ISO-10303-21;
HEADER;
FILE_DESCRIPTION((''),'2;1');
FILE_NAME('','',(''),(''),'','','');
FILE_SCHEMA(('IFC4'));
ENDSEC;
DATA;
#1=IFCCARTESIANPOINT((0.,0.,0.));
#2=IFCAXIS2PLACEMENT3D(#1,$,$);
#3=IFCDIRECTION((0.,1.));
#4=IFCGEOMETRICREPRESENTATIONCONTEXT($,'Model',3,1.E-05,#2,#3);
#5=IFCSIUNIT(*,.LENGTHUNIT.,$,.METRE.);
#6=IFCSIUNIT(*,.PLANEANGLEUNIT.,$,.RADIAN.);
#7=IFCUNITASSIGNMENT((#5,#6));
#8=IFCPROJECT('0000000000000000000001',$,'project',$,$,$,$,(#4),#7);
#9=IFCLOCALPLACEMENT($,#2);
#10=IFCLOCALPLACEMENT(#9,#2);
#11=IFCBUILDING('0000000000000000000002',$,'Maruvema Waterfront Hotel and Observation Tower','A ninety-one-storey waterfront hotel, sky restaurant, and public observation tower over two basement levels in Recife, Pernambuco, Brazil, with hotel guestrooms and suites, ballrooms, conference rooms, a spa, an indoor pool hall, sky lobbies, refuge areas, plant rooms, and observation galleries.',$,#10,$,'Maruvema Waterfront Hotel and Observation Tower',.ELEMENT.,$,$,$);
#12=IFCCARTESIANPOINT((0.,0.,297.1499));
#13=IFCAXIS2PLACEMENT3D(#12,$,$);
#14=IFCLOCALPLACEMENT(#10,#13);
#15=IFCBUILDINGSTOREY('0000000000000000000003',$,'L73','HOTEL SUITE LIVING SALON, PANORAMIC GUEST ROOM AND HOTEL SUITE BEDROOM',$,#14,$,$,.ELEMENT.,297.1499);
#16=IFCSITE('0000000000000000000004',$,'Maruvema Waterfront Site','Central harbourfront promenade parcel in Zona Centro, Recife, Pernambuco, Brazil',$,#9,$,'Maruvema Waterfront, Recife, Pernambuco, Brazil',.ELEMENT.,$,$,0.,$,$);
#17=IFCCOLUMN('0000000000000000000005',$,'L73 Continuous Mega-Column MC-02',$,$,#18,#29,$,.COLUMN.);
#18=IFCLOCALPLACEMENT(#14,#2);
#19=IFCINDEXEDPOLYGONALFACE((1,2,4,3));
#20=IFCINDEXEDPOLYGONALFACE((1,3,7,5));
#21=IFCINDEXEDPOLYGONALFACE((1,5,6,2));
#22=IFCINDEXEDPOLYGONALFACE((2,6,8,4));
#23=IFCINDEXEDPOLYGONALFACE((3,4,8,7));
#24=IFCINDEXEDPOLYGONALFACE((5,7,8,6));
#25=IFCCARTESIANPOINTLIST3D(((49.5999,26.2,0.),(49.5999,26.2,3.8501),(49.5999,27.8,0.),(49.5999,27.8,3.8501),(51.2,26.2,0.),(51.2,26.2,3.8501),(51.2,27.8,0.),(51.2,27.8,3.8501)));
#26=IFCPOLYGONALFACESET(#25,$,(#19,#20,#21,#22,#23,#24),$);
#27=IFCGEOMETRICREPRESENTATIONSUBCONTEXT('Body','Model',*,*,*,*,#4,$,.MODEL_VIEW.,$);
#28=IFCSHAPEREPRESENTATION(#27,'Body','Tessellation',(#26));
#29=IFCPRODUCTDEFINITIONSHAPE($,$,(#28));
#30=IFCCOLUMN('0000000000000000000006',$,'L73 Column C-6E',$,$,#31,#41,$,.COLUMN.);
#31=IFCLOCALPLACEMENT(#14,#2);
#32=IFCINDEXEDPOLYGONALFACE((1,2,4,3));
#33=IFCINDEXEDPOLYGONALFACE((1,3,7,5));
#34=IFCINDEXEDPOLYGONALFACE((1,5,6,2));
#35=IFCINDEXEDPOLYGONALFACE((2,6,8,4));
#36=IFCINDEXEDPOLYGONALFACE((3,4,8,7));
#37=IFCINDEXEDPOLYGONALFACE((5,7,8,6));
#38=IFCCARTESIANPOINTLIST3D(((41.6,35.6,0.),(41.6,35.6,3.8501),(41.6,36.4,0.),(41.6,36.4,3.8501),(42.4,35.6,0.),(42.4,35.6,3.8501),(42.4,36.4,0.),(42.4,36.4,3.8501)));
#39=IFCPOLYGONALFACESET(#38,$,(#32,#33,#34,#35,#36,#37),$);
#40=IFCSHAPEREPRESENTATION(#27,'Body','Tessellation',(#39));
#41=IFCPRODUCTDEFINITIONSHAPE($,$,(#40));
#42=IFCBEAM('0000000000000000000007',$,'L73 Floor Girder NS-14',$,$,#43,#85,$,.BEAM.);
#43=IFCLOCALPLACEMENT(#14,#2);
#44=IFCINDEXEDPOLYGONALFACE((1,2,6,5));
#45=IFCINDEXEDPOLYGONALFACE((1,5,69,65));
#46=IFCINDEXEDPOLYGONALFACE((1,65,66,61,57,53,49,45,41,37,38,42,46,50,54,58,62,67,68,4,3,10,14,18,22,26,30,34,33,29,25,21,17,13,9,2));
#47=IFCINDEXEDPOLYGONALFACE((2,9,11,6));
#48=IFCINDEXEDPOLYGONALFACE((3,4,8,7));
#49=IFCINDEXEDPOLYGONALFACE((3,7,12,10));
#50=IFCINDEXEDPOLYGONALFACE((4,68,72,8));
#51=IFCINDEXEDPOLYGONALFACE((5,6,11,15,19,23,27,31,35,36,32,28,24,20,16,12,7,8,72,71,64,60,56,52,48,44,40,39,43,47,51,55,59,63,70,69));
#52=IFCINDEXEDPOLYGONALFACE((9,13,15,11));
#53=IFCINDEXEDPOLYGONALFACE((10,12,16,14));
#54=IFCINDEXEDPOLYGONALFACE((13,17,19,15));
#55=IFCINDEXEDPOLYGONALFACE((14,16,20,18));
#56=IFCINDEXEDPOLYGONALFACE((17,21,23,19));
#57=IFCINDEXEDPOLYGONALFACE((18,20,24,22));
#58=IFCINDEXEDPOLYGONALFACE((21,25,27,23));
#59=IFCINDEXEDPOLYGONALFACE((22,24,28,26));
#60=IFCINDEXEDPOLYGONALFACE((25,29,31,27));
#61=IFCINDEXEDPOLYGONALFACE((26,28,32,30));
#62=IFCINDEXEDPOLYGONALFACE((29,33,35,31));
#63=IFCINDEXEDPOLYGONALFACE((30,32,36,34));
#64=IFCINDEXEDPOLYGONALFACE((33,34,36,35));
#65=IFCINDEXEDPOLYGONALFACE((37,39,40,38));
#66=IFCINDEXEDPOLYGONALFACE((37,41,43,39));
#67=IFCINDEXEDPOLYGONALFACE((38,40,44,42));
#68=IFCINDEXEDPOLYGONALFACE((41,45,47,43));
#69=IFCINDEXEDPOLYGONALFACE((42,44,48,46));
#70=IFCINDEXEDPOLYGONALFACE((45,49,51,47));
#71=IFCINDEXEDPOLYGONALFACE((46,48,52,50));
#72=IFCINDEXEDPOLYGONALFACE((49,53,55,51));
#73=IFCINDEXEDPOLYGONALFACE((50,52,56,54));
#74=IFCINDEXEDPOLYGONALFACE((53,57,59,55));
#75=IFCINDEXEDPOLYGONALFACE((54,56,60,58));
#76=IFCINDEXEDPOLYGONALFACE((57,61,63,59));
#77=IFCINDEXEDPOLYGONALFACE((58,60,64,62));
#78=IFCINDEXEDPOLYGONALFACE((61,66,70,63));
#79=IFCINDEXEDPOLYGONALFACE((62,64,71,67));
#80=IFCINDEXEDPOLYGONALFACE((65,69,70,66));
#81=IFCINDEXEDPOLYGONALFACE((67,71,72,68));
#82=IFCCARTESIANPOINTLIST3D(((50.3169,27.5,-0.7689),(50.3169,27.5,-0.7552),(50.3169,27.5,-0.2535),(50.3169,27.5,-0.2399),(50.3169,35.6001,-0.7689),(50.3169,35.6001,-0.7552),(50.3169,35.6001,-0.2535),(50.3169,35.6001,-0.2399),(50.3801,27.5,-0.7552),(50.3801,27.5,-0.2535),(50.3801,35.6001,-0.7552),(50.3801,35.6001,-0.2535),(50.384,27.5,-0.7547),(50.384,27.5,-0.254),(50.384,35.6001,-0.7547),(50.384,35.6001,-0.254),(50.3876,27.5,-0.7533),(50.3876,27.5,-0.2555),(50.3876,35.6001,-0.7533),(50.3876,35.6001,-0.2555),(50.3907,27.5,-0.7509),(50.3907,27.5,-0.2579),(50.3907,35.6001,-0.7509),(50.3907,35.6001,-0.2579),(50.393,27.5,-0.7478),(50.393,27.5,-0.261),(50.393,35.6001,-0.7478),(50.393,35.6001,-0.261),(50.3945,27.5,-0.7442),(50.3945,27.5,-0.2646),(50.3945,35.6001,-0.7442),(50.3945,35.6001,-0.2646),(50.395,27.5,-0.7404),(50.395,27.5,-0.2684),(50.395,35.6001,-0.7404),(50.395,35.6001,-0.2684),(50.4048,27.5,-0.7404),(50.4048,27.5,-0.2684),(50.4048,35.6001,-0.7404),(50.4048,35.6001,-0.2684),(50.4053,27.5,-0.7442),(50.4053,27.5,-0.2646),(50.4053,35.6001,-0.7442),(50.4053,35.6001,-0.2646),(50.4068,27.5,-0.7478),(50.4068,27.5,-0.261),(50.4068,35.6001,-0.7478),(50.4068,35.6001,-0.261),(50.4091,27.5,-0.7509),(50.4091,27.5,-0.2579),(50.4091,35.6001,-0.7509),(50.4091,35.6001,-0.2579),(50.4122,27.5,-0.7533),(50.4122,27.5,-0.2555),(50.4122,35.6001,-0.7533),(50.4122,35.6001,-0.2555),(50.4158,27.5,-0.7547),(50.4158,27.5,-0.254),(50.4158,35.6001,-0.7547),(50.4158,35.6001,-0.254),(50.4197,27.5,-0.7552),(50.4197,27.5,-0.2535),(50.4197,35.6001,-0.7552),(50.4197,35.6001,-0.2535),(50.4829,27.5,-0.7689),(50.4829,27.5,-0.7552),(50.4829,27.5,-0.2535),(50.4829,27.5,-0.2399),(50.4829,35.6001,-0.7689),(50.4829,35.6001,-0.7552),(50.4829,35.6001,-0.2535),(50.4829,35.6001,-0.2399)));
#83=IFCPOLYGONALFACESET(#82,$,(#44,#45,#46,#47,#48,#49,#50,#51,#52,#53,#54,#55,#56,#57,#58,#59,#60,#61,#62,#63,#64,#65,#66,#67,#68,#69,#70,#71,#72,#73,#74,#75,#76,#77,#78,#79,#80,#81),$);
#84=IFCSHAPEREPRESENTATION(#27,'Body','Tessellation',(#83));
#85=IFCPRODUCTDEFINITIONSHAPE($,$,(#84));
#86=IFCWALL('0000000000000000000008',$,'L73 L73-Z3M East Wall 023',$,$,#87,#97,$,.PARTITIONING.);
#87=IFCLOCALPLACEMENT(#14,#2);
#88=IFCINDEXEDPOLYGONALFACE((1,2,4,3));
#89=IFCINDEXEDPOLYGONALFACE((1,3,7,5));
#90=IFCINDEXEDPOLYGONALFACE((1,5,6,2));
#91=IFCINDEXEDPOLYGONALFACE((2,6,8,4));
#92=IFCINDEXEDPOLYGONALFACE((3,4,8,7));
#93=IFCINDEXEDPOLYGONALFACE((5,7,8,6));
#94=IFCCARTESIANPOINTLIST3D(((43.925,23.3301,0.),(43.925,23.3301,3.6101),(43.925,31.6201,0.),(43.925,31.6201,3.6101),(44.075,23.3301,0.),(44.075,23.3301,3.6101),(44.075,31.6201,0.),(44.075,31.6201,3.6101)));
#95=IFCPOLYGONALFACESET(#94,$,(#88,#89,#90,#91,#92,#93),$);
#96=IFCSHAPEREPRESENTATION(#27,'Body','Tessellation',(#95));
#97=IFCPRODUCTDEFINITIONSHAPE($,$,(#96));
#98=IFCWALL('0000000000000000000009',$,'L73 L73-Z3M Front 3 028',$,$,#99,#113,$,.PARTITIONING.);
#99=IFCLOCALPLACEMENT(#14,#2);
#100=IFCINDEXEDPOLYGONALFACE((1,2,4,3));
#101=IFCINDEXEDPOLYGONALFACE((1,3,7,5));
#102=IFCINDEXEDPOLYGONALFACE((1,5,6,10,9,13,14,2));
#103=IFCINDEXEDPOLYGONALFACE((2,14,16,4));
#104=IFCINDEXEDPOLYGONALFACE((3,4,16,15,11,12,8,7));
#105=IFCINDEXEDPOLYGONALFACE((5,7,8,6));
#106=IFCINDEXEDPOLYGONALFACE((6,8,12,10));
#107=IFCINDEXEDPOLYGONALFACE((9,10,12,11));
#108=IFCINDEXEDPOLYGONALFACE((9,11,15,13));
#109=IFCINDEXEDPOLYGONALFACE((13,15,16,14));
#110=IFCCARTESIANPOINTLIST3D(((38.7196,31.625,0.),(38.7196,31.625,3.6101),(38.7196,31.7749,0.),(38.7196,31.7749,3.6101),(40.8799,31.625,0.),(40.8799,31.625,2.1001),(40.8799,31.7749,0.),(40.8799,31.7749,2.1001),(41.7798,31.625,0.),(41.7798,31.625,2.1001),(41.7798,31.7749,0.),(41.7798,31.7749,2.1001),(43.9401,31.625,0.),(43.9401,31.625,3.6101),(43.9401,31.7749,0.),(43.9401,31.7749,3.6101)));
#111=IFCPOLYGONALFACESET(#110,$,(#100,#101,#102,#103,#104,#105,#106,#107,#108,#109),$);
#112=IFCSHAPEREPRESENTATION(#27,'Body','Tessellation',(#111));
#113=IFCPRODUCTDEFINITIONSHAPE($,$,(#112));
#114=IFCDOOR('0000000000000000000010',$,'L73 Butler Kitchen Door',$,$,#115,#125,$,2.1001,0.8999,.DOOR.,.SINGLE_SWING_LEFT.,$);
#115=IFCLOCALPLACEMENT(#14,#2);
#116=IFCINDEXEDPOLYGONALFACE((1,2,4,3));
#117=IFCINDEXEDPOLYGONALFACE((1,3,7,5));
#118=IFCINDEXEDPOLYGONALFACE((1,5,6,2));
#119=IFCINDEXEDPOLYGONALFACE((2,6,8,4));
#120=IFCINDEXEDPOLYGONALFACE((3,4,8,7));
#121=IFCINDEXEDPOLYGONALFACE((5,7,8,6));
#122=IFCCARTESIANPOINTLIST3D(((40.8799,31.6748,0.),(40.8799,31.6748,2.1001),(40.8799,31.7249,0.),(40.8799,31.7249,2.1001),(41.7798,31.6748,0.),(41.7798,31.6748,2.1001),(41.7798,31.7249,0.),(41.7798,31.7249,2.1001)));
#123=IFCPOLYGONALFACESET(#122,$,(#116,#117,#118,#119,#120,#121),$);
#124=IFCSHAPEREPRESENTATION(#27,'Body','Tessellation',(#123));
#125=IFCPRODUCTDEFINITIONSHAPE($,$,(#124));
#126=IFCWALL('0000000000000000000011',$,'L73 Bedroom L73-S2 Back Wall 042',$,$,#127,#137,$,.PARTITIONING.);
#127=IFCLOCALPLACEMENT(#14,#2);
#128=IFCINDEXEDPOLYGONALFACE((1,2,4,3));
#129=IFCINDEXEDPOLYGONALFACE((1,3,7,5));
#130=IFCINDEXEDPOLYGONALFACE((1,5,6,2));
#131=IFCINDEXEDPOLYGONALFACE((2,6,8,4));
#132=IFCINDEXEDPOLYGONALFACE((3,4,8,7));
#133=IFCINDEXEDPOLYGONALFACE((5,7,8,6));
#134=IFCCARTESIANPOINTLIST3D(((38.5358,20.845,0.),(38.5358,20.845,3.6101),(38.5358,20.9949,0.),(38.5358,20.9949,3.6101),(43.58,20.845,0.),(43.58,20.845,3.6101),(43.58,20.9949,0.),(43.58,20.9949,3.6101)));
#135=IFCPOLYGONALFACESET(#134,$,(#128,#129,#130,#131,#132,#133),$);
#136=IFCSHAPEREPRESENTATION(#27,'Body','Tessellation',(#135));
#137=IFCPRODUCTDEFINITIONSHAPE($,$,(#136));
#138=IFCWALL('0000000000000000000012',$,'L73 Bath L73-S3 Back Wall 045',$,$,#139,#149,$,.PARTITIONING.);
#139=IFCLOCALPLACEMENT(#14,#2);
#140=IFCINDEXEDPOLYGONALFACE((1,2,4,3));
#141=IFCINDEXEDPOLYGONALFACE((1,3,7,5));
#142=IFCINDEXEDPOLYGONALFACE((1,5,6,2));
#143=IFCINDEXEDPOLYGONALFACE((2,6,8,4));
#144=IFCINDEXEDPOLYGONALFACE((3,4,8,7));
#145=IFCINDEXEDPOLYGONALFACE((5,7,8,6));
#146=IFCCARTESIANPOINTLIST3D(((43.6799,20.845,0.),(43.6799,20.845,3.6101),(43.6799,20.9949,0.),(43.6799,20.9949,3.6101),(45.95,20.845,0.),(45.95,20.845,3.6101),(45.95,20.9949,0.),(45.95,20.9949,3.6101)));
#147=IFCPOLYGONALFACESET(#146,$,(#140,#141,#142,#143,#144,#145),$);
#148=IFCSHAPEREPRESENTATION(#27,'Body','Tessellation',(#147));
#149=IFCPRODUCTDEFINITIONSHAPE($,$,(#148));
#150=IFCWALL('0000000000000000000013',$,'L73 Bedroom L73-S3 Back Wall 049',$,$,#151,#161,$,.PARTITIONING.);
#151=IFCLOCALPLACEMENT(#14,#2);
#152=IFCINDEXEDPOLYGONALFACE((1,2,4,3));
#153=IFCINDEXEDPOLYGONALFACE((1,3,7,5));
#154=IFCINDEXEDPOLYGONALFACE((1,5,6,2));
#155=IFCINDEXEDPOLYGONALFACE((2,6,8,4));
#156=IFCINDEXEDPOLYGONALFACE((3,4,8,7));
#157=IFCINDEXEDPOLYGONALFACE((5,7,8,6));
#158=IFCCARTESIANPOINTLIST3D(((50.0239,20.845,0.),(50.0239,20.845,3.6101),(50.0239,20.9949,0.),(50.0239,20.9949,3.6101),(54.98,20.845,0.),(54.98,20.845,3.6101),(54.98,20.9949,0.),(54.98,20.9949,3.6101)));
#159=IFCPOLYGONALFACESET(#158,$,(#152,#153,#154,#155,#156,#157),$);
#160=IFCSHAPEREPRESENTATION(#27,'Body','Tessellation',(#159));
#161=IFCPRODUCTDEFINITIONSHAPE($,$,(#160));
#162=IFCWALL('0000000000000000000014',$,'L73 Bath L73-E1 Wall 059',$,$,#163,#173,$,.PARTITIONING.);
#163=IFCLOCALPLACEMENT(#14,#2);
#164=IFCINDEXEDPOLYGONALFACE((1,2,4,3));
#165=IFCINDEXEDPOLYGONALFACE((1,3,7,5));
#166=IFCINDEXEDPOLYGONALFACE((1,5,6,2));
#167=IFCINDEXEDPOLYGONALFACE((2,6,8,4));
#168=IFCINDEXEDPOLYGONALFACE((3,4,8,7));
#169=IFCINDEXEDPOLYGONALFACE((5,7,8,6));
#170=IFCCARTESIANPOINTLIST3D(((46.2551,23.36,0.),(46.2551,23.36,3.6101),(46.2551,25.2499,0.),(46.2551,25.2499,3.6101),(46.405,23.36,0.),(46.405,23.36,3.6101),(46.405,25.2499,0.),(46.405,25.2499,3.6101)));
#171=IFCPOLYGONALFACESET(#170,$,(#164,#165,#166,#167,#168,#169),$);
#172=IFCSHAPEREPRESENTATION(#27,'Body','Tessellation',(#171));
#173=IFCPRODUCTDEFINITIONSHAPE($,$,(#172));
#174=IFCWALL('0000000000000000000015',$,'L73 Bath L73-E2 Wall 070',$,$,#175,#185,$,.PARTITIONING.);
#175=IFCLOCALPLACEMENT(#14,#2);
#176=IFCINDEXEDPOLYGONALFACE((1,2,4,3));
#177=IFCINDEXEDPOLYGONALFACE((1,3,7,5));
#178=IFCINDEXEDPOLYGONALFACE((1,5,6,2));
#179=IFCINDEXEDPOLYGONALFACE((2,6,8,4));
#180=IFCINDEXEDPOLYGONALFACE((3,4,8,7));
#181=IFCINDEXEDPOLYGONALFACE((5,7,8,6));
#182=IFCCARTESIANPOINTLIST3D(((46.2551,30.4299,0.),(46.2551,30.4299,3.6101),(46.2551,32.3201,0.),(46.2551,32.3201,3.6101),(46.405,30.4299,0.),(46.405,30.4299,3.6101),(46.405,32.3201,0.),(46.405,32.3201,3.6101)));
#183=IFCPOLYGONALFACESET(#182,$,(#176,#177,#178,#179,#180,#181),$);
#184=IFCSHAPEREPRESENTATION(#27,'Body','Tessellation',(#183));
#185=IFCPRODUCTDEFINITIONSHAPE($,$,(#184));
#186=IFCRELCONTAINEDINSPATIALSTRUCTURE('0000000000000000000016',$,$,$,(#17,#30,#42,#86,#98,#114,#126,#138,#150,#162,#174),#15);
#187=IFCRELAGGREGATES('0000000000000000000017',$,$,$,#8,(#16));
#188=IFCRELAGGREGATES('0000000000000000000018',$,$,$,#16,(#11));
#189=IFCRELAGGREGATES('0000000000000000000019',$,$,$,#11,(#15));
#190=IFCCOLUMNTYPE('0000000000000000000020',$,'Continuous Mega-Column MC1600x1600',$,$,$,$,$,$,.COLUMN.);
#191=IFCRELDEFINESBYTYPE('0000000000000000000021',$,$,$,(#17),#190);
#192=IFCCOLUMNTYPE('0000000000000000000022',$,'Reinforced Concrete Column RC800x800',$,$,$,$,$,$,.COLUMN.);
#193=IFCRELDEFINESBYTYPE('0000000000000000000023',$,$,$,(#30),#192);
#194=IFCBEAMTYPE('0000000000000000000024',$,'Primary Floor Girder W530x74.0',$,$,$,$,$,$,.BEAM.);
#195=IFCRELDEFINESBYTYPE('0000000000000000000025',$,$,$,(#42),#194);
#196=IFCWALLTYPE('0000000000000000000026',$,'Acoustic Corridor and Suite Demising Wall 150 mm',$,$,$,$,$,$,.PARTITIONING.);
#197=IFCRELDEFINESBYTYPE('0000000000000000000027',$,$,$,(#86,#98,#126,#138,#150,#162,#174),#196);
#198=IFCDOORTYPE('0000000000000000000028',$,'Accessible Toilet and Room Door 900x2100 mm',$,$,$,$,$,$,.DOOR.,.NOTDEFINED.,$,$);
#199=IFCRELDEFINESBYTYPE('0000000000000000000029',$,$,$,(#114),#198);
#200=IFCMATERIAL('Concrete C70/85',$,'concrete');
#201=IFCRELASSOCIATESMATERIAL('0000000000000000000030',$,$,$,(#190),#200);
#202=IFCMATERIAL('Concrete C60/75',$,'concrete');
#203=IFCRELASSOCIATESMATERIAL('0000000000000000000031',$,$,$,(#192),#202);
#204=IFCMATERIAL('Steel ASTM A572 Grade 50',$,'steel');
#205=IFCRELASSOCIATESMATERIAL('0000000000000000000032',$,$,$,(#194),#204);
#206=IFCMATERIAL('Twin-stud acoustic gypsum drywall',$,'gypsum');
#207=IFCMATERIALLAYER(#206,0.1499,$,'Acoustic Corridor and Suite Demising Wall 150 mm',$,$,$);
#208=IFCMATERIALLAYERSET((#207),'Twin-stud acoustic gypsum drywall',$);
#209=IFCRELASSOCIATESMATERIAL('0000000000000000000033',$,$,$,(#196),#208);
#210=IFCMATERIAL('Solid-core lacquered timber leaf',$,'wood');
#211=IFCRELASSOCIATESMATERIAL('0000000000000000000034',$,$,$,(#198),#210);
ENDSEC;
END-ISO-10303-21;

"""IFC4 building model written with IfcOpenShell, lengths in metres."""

from ifc_helpers import new_model, si_unit, direction, frame, frame_2d, origin, origin_2d, place, context, subcontext, project, spatial, rectangle, i_section, extrude, material, layer, layer_set, material_profile, profile_set, type_object, element, fill, save


model = new_model("IFC4")

# Units and contexts
model_context = context("Model", 3, precision=1e-05, world=origin(), true_north=direction((0.0, 1.0)))
body_context = subcontext(model_context, "Body", "Model", "MODEL_VIEW")
ifc_project = project(units=[si_unit("LENGTHUNIT", "METRE"), si_unit("PLANEANGLEUNIT", "RADIAN")], contexts=[model_context])

# Site, building, storey
site_placement = place(None, origin())
site = spatial("IfcSite", under=ifc_project, at=site_placement, Name="Maruvema Waterfront Site", Description="Central harbourfront promenade parcel in Zona Centro, Recife, Pernambuco, Brazil", LongName="Maruvema Waterfront, Recife, Pernambuco, Brazil", CompositionType="ELEMENT", RefElevation=0.0)
building_placement = place(site_placement, origin())
building = spatial("IfcBuilding", under=site, at=building_placement, Name="Maruvema Waterfront Hotel and Observation Tower", Description="A ninety-one-storey waterfront hotel, sky restaurant, and public observation tower over two basement levels in Recife, Pernambuco, Brazil, with hotel guestrooms and suites, ballrooms, conference rooms, a spa, an indoor pool hall, sky lobbies, refuge areas, plant rooms, and observation galleries.", LongName="Maruvema Waterfront Hotel and Observation Tower", CompositionType="ELEMENT")
storey_placement = place(building_placement, frame((0.0, 0.0, 297.1499)))
storey = spatial("IfcBuildingStorey", under=building, at=storey_placement, Name="L73", Description="HOTEL SUITE LIVING SALON, PANORAMIC GUEST ROOM AND HOTEL SUITE BEDROOM", CompositionType="ELEMENT", Elevation=297.1499)

# Columns
ifc_material_1 = material(Name="Concrete C70/85", Category="concrete")
ifc_material_profile_1 = material_profile(ifc_material_1, rectangle(XDim=1.6001, YDim=1.6001, at=origin_2d()), Name="MC1600x1600")
ifc_profile_set_1 = profile_set([ifc_material_profile_1], Name="Concrete C70/85")
column_type_1 = type_object("IfcColumnType", Name="Continuous Mega-Column MC1600x1600", PredefinedType="COLUMN", material=ifc_profile_set_1)
column_1_placement = place(storey_placement, frame((50.3999, 27.0, 0.0), z_axis=(0.0, 0.0, 1.0), x_axis=(1.0, 0.0, 0.0)))
element("IfcColumn", 1, at=column_1_placement, inside=storey, type_object=column_type_1, Name="L73 Continuous Mega-Column MC-02", PredefinedType="COLUMN", context=body_context, shape_type="SweptSolid", body=[
    extrude(rectangle(XDim=1.6001, YDim=1.6001, at=origin_2d()), origin(), (0.0, 0.0, 1.0), 3.8501),
])
ifc_material_2 = material(Name="Concrete C60/75", Category="concrete")
ifc_material_profile_2 = material_profile(ifc_material_2, rectangle(XDim=0.8, YDim=0.8, at=origin_2d()), Name="RC800x800")
ifc_profile_set_2 = profile_set([ifc_material_profile_2], Name="Concrete C60/75")
column_type_2 = type_object("IfcColumnType", Name="Reinforced Concrete Column RC800x800", PredefinedType="COLUMN", material=ifc_profile_set_2)
column_2_placement = place(storey_placement, frame((42.0, 36.0, 0.0), z_axis=(0.0, 0.0, 1.0), x_axis=(1.0, 0.0, 0.0)))
element("IfcColumn", 2, at=column_2_placement, inside=storey, type_object=column_type_2, Name="L73 Column C-6E", PredefinedType="COLUMN", context=body_context, shape_type="SweptSolid", body=[
    extrude(rectangle(XDim=0.8, YDim=0.8, at=origin_2d()), origin(), (0.0, 0.0, 1.0), 3.8501),
])

# Beam
ifc_material_3 = material(Name="Steel ASTM A572 Grade 50", Category="steel")
ifc_material_profile_3 = material_profile(ifc_material_3, i_section(OverallWidth=0.166, OverallDepth=0.5291, WebThickness=0.0098, FlangeThickness=0.0137, FilletRadius=0.0149, at=origin_2d()), Name="W530x74.0")
ifc_profile_set_3 = profile_set([ifc_material_profile_3], Name="Steel ASTM A572 Grade 50")
beam_type = type_object("IfcBeamType", Name="Primary Floor Girder W530x74.0", PredefinedType="BEAM", material=ifc_profile_set_3)
beam_placement = place(storey_placement, frame((50.3999, 27.5, -0.5044), z_axis=(0.0, 1.0, 0.0), x_axis=(-1.0, 0.0, 0.0)))
element("IfcBeam", 3, at=beam_placement, inside=storey, type_object=beam_type, Name="L73 Floor Girder NS-14", PredefinedType="BEAM", context=body_context, shape_type="SweptSolid", body=[
    extrude(i_section(OverallWidth=0.166, OverallDepth=0.5291, WebThickness=0.0098, FlangeThickness=0.0137, FilletRadius=0.0149, at=origin_2d()), origin(), (0.0, 0.0, 1.0), 8.1001),
])

# Wall
ifc_material_4 = material(Name="Twin-stud acoustic gypsum drywall", Category="gypsum")
ifc_layer_1 = layer(ifc_material_4, 0.1499, Name="Acoustic Corridor and Suite Demising Wall 150 mm")
ifc_layer_set_1 = layer_set([ifc_layer_1], Name="Twin-stud acoustic gypsum drywall")
wall_type_1 = type_object("IfcWallType", Name="Acoustic Corridor and Suite Demising Wall 150 mm", PredefinedType="PARTITIONING", material=ifc_layer_set_1)
wall_1_placement = place(storey_placement, frame((44.0, 23.3301, 0.0), z_axis=(0.0, 0.0, 1.0), x_axis=(0.0, 1.0, 0.0)))
element("IfcWall", 4, at=wall_1_placement, inside=storey, type_object=wall_type_1, Name="L73 L73-Z3M East Wall 023", PredefinedType="PARTITIONING", context=body_context, shape_type="SweptSolid", body=[
    extrude(rectangle(XDim=8.29, YDim=0.1499, at=frame_2d((4.145, 0.0))), origin(), (0.0, 0.0, 1.0), 3.6101),
])

# Wall, opening, door
wall_2_placement = place(storey_placement, frame((38.7195, 31.7, 0.0), z_axis=(0.0, 0.0, 1.0), x_axis=(1.0, 0.0, 0.0)))
wall_2 = element("IfcWall", 5, at=wall_2_placement, inside=storey, type_object=wall_type_1, Name="L73 L73-Z3M Front 3 028", PredefinedType="PARTITIONING", context=body_context, shape_type="SweptSolid", body=[
    extrude(rectangle(XDim=5.2205, YDim=0.1499, at=frame_2d((2.6104, 0.0))), origin(), (0.0, 0.0, 1.0), 3.6101),
])
opening_1_placement = place(wall_2_placement, frame((2.1604, 0.0, 0.0)))
opening_1 = element("IfcOpeningElement", 6, at=opening_1_placement, cuts=wall_2, PredefinedType="OPENING", context=body_context, shape_type="SweptSolid", body=[
    extrude(rectangle(XDim=0.8999, YDim=2.1001, at=frame_2d((0.45, 1.05))), frame((0.0, 0.085, 0.0), z_axis=(0.0, -1.0, 0.0), x_axis=(1.0, 0.0, 0.0)), (0.0, 0.0, 1.0), 0.1699),
])
ifc_material_5 = material(Name="Solid-core lacquered timber leaf", Category="wood")
door_type_1 = type_object("IfcDoorType", Name="Accessible Toilet and Room Door 900x2100 mm", OperationType="NOTDEFINED", PredefinedType="DOOR", material=ifc_material_5)
door_1_placement = place(opening_1_placement, origin())
door_1 = element("IfcDoor", 7, at=door_1_placement, inside=storey, type_object=door_type_1, Name="L73 Butler Kitchen Door", OperationType="SINGLE_SWING_LEFT", OverallHeight=2.1001, OverallWidth=0.8999, PredefinedType="DOOR", context=body_context, shape_type="SweptSolid", body=[
    extrude(rectangle(XDim=0.8999, YDim=2.1001, at=frame_2d((0.45, 1.05))), frame((0.0, 0.0249, 0.0), z_axis=(0.0, -1.0, 0.0), x_axis=(1.0, 0.0, 0.0)), (0.0, 0.0, 1.0), 0.05),
])
fill(opening_1, door_1)

# Walls
wall_3_placement = place(storey_placement, frame((38.5359, 20.9199, 0.0), z_axis=(0.0, 0.0, 1.0), x_axis=(1.0, 0.0, 0.0)))
element("IfcWall", 8, at=wall_3_placement, inside=storey, type_object=wall_type_1, Name="L73 Bedroom L73-S2 Back Wall 042", PredefinedType="PARTITIONING", context=body_context, shape_type="SweptSolid", body=[
    extrude(rectangle(XDim=5.0442, YDim=0.1499, at=frame_2d((2.522, 0.0))), origin(), (0.0, 0.0, 1.0), 3.6101),
])
wall_4_placement = place(storey_placement, frame((43.6799, 20.9199, 0.0), z_axis=(0.0, 0.0, 1.0), x_axis=(1.0, 0.0, 0.0)))
element("IfcWall", 9, at=wall_4_placement, inside=storey, type_object=wall_type_1, Name="L73 Bath L73-S3 Back Wall 045", PredefinedType="PARTITIONING", context=body_context, shape_type="SweptSolid", body=[
    extrude(rectangle(XDim=2.27, YDim=0.1499, at=frame_2d((1.135, 0.0))), origin(), (0.0, 0.0, 1.0), 3.6101),
])

# Walls
wall_5_placement = place(storey_placement, frame((50.0239, 20.9199, 0.0), z_axis=(0.0, 0.0, 1.0), x_axis=(1.0, 0.0, 0.0)))
element("IfcWall", 10, at=wall_5_placement, inside=storey, type_object=wall_type_1, Name="L73 Bedroom L73-S3 Back Wall 049", PredefinedType="PARTITIONING", context=body_context, shape_type="SweptSolid", body=[
    extrude(rectangle(XDim=4.9561, YDim=0.1499, at=frame_2d((2.478, 0.0))), origin(), (0.0, 0.0, 1.0), 3.6101),
])
wall_6_placement = place(storey_placement, frame((46.3301, 23.3601, 0.0), z_axis=(0.0, 0.0, 1.0), x_axis=(0.0, 1.0, 0.0)))
element("IfcWall", 11, at=wall_6_placement, inside=storey, type_object=wall_type_1, Name="L73 Bath L73-E1 Wall 059", PredefinedType="PARTITIONING", context=body_context, shape_type="SweptSolid", body=[
    extrude(rectangle(XDim=1.8899, YDim=0.1499, at=frame_2d((0.9448, 0.0))), origin(), (0.0, 0.0, 1.0), 3.6101),
])

# Wall
wall_7_placement = place(storey_placement, frame((46.3301, 30.4299, 0.0), z_axis=(0.0, 0.0, 1.0), x_axis=(0.0, 1.0, 0.0)))
element("IfcWall", 12, at=wall_7_placement, inside=storey, type_object=wall_type_1, Name="L73 Bath L73-E2 Wall 070", PredefinedType="PARTITIONING", context=body_context, shape_type="SweptSolid", body=[
    extrude(rectangle(XDim=1.8901, YDim=0.1499, at=frame_2d((0.9451, 0.0))), origin(), (0.0, 0.0, 1.0), 3.6101),
])

save(model, "model.ifc")
